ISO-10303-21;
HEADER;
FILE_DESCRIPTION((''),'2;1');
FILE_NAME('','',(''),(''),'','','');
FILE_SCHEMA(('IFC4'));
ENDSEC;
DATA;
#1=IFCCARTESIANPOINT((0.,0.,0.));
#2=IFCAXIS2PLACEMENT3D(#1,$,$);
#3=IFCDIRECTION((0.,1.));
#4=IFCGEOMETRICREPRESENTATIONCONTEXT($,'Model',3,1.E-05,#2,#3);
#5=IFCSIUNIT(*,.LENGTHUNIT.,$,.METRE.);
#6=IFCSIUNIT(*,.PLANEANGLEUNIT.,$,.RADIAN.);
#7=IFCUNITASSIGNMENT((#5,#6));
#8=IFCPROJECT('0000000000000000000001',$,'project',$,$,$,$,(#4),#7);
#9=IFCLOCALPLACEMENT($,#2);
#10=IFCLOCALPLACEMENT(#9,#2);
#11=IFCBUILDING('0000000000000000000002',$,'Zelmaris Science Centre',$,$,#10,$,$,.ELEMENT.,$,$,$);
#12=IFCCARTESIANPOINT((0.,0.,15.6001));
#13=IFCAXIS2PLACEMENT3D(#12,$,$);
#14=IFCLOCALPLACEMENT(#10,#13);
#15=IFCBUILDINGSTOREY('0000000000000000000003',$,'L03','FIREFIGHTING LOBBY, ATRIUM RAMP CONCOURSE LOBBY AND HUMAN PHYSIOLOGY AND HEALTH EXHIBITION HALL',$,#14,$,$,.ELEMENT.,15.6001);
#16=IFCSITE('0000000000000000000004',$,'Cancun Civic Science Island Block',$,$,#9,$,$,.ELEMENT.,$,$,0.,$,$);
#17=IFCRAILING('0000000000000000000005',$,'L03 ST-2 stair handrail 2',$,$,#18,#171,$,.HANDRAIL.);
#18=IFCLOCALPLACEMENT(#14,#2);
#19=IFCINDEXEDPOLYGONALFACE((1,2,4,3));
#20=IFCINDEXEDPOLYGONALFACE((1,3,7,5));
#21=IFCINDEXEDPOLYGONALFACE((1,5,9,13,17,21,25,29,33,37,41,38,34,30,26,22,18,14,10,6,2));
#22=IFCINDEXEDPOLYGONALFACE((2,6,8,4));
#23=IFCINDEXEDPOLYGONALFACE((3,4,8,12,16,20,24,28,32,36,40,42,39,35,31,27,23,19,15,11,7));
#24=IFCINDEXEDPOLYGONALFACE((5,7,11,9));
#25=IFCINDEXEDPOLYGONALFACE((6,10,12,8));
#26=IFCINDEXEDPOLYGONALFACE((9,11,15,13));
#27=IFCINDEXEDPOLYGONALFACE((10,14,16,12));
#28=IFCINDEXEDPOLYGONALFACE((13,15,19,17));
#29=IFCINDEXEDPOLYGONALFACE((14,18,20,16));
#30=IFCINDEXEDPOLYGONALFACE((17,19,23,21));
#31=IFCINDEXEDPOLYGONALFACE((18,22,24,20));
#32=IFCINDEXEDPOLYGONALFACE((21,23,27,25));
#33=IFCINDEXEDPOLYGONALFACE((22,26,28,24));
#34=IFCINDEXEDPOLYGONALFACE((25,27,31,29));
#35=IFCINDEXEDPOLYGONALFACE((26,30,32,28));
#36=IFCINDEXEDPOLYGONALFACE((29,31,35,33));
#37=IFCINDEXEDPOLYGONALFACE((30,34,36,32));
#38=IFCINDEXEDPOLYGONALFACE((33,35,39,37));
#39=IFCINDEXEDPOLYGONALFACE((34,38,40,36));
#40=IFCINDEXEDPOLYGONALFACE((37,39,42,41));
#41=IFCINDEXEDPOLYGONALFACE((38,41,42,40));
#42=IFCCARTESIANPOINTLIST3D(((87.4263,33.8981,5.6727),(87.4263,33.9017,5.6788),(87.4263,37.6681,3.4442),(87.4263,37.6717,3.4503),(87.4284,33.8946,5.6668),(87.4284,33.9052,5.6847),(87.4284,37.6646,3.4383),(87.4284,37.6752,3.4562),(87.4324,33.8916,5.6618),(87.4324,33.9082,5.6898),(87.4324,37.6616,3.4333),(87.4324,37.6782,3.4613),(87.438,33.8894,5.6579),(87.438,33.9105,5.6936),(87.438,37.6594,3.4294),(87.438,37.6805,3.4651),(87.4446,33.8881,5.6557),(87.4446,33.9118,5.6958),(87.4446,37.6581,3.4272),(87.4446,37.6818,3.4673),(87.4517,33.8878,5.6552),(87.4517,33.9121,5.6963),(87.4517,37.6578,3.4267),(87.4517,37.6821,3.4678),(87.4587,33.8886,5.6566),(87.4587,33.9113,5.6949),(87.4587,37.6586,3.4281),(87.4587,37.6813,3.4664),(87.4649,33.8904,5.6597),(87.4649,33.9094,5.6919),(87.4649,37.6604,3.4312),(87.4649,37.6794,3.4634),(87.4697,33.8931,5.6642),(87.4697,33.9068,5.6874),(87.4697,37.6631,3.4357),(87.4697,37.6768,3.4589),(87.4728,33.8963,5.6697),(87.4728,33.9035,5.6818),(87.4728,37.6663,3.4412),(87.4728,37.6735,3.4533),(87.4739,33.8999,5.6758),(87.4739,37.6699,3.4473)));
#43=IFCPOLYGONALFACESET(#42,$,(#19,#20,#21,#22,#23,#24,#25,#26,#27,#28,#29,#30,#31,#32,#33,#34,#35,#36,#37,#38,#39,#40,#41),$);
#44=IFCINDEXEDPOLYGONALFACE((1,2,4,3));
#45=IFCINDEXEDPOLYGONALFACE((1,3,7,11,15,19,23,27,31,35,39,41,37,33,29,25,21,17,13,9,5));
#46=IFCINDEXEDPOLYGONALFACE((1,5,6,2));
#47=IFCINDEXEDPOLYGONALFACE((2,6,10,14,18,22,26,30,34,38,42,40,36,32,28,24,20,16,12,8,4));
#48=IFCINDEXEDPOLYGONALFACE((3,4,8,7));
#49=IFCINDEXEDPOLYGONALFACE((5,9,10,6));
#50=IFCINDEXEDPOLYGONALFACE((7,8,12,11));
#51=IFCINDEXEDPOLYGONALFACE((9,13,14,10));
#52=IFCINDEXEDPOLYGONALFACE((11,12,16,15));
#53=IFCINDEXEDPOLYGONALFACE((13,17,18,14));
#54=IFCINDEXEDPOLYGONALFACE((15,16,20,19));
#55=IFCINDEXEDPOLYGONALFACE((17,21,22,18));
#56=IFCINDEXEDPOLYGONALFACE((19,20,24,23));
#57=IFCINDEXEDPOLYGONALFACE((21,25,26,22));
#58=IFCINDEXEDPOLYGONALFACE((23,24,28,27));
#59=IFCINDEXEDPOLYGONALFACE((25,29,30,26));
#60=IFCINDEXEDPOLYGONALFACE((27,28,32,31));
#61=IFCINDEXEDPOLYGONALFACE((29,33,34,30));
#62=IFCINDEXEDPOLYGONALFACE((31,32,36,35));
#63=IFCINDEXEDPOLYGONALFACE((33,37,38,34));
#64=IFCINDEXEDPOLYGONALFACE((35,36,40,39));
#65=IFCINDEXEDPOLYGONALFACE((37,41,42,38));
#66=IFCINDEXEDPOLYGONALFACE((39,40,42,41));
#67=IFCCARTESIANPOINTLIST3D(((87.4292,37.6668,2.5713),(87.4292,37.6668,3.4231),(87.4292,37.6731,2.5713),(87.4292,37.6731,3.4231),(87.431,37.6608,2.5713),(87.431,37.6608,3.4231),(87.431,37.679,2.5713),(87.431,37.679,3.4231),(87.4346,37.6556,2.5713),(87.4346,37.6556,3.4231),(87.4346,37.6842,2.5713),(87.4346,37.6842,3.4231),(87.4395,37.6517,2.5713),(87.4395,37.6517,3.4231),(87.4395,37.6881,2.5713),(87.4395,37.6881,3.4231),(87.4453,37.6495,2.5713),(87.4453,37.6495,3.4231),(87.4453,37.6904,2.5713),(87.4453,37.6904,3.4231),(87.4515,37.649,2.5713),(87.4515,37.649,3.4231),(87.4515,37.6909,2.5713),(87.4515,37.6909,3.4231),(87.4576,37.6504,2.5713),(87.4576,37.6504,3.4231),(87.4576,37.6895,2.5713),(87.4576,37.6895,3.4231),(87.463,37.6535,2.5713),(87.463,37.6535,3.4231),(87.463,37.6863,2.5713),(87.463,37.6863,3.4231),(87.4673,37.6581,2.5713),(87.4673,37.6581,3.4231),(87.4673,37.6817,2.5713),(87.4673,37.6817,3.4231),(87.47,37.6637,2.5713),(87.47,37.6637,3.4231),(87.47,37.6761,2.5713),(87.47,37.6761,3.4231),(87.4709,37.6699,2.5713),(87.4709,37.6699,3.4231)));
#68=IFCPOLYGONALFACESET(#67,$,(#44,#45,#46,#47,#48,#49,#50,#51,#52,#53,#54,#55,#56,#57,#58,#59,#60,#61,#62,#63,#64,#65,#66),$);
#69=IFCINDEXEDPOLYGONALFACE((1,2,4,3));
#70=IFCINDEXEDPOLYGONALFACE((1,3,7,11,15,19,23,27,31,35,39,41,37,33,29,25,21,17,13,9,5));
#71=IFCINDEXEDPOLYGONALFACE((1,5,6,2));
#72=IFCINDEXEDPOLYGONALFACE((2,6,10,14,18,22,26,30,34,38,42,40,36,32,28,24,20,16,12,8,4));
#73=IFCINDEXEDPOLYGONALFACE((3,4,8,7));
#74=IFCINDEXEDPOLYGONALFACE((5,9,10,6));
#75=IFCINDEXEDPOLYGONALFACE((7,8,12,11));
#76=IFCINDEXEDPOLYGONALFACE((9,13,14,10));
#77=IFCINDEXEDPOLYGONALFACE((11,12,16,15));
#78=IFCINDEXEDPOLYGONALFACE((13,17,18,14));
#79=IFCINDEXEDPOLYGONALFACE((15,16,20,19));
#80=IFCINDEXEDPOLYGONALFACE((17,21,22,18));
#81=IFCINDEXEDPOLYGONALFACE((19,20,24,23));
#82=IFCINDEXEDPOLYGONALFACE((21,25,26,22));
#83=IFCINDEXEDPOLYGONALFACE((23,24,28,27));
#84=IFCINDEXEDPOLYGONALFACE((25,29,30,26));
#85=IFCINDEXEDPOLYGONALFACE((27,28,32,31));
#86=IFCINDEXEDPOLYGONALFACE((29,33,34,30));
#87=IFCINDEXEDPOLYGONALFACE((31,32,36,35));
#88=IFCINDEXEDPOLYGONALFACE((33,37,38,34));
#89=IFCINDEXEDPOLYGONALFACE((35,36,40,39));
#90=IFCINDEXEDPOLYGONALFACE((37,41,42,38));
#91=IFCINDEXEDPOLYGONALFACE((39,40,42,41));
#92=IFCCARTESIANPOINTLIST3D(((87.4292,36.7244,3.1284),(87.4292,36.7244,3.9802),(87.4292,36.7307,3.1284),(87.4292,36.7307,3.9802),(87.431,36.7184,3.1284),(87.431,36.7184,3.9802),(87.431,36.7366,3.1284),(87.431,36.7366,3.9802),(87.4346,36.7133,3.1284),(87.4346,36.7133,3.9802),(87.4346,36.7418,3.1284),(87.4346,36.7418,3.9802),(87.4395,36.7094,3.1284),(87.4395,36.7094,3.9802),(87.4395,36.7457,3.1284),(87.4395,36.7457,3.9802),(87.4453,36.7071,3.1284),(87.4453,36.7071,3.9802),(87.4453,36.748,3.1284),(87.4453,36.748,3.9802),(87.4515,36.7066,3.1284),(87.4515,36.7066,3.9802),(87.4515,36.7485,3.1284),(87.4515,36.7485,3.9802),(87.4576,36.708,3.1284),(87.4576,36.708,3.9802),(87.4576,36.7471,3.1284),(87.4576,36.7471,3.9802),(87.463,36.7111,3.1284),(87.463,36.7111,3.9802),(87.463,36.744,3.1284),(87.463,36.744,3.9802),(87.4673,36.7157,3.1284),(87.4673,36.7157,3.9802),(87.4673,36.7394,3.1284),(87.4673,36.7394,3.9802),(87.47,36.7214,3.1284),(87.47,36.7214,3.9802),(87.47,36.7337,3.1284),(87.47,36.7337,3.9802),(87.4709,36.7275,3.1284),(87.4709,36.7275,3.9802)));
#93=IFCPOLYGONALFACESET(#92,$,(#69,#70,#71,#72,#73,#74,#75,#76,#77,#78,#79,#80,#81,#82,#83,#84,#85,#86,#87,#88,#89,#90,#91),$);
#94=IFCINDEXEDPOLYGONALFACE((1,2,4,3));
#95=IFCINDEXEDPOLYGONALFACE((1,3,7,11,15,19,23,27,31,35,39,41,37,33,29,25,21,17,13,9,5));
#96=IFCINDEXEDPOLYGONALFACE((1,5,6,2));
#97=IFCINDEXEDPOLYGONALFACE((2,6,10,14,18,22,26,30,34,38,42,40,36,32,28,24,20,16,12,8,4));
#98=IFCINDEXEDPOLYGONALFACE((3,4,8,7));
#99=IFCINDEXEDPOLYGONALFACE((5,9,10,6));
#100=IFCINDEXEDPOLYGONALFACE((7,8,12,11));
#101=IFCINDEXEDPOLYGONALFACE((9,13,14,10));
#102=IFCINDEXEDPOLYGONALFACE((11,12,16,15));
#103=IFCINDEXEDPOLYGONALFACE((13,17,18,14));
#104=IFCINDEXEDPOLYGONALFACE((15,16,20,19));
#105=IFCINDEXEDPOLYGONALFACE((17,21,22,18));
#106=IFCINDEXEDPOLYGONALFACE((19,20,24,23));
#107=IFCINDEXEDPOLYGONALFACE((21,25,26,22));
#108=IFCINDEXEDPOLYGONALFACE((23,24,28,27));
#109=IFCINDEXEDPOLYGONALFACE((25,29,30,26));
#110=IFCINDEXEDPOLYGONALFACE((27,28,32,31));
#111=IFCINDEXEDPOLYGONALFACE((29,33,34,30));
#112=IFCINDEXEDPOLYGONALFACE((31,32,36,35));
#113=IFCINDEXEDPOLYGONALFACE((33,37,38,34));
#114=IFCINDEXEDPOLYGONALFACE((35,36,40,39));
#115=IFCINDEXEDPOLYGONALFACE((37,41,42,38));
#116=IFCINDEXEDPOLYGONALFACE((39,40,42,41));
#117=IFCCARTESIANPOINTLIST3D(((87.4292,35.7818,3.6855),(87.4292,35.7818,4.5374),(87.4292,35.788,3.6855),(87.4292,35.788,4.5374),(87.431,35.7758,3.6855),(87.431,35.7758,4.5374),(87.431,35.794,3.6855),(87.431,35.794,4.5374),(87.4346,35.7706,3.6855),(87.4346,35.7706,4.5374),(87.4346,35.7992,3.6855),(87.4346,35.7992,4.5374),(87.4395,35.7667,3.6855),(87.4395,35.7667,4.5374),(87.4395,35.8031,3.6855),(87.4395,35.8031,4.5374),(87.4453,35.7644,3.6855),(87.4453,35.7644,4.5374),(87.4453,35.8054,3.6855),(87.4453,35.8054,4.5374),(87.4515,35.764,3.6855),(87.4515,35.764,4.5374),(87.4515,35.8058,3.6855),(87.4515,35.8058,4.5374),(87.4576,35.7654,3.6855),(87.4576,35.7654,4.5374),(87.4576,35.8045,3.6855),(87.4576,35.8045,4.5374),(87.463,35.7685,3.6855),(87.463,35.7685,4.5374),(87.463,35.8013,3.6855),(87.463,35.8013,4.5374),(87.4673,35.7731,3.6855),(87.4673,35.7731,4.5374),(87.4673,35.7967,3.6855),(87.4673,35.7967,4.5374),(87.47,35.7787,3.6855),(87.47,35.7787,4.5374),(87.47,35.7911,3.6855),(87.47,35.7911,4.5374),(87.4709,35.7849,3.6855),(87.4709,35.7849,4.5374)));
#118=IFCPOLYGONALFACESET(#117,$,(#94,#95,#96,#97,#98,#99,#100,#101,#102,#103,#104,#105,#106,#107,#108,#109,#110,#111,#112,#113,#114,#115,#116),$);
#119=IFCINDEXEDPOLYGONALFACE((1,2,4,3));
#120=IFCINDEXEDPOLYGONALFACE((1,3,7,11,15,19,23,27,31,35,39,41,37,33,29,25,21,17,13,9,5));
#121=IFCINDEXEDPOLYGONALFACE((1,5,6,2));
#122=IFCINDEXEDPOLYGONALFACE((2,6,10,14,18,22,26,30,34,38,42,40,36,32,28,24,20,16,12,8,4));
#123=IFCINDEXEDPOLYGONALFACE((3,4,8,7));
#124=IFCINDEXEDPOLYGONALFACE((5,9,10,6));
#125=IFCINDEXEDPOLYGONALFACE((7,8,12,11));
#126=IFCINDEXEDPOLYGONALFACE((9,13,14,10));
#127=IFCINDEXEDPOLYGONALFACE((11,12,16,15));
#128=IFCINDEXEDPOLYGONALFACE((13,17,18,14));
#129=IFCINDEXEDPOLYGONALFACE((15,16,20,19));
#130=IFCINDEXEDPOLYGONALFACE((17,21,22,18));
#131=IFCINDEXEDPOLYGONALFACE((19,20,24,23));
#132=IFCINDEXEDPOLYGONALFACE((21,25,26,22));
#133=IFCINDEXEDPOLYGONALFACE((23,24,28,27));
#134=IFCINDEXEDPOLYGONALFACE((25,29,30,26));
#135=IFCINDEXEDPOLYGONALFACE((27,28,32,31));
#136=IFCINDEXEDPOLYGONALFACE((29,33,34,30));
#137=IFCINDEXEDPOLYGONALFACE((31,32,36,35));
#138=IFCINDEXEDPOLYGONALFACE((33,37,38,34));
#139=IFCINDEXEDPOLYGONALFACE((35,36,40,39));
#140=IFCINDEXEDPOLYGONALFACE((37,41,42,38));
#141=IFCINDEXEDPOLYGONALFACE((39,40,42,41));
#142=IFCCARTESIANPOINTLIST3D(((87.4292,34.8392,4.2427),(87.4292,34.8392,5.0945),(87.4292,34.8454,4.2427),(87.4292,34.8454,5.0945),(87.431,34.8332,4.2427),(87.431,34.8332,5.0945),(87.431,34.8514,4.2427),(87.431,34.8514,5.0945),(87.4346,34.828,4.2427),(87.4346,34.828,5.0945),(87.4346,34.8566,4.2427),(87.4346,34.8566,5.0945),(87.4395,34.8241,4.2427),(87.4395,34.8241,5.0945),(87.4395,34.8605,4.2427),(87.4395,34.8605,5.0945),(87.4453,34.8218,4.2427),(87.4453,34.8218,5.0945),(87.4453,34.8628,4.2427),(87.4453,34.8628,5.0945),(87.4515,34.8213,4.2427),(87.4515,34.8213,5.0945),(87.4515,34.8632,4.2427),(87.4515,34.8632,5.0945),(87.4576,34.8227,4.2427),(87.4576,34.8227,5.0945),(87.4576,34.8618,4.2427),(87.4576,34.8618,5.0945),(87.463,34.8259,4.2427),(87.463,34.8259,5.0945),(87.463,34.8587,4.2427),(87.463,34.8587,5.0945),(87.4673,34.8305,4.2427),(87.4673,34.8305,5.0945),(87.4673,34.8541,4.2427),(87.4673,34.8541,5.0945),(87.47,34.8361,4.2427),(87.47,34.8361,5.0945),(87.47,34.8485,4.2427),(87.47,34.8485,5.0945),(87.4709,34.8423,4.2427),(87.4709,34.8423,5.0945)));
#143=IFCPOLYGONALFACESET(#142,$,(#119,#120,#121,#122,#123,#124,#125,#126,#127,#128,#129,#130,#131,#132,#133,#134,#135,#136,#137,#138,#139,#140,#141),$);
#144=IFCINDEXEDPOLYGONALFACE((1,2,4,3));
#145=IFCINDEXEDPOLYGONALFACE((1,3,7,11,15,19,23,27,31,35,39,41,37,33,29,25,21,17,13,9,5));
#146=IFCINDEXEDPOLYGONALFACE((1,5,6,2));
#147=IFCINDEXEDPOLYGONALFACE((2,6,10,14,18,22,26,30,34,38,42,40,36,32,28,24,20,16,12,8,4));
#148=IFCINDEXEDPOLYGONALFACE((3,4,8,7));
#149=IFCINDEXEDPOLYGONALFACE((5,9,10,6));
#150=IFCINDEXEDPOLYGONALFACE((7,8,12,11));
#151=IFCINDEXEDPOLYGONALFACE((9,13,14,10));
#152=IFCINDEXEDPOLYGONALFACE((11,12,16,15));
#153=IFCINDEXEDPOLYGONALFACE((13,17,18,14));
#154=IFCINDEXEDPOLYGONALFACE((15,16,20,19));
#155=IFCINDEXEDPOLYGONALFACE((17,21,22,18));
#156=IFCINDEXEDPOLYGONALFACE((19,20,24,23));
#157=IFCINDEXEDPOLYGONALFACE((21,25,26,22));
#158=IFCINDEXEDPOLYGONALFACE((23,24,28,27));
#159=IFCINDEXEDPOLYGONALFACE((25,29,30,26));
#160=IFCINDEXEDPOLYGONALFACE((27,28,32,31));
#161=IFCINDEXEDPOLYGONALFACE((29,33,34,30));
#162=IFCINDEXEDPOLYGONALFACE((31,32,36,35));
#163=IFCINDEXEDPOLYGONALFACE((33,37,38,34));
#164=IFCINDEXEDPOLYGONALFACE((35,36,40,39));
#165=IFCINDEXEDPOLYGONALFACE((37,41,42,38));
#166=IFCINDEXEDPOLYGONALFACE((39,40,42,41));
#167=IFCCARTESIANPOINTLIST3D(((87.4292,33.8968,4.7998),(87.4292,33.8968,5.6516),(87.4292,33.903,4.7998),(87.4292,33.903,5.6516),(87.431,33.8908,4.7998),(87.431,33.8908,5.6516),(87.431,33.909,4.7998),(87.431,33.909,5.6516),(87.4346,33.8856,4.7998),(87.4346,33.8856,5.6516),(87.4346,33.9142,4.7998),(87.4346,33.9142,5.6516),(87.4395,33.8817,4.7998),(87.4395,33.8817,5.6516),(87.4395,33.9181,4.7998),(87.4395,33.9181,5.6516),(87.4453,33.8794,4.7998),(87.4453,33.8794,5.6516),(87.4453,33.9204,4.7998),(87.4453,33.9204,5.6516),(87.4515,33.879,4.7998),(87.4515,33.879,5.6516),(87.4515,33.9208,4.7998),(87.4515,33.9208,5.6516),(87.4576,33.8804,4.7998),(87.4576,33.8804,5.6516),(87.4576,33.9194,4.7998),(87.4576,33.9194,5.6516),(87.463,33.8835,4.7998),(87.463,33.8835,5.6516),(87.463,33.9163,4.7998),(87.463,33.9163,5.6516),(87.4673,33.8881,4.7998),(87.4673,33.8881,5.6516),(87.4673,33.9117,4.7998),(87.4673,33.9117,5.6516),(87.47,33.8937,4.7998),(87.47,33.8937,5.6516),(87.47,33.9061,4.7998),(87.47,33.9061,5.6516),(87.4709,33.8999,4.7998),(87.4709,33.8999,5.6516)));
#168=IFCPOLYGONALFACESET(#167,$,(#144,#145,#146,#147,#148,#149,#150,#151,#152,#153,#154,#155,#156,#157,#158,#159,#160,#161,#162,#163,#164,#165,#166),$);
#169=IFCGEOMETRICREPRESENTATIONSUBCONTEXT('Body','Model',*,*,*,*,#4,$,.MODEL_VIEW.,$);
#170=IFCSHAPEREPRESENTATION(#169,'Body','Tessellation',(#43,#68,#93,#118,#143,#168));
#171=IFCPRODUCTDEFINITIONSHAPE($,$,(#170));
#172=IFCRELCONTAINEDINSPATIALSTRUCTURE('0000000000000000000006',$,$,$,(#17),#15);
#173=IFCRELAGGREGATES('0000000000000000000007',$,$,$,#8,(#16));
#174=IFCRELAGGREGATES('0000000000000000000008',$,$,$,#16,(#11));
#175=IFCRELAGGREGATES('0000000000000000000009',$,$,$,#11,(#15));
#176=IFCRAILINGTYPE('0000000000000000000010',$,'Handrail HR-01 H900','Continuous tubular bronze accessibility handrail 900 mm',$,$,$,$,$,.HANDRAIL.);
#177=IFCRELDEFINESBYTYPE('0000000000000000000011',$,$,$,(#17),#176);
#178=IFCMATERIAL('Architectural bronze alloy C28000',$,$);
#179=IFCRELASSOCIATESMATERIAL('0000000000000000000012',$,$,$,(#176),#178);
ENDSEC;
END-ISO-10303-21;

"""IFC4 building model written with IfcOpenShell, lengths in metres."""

from ifc_helpers import new_model, si_unit, direction, frame, origin, origin_2d, place, context, subcontext, project, spatial, circle, extrude, material, type_object, element, save


model = new_model("IFC4")

# Units and contexts
model_context = context("Model", 3, precision=1e-05, world=origin(), true_north=direction((0.0, 1.0)))
body_context = subcontext(model_context, "Body", "Model", "MODEL_VIEW")
ifc_project = project(units=[si_unit("LENGTHUNIT", "METRE"), si_unit("PLANEANGLEUNIT", "RADIAN")], contexts=[model_context])

# Site, building, storey
site_placement = place(None, origin())
site = spatial("IfcSite", under=ifc_project, at=site_placement, Name="Cancun Civic Science Island Block", CompositionType="ELEMENT", RefElevation=0.0)
building_placement = place(site_placement, origin())
building = spatial("IfcBuilding", under=site, at=building_placement, Name="Zelmaris Science Centre", CompositionType="ELEMENT")
storey_placement = place(building_placement, frame((0.0, 0.0, 15.6001)))
storey = spatial("IfcBuildingStorey", under=building, at=storey_placement, Name="L03", Description="FIREFIGHTING LOBBY, ATRIUM RAMP CONCOURSE LOBBY AND HUMAN PHYSIOLOGY AND HEALTH EXHIBITION HALL", CompositionType="ELEMENT", Elevation=15.6001)

# Railing
ifc_material_1 = material(Name="Architectural bronze alloy C28000")
railing_type_1 = type_object("IfcRailingType", Name="Handrail HR-01 H900", Description="Continuous tubular bronze accessibility handrail 900 mm", PredefinedType="HANDRAIL", material=ifc_material_1)
railing_1_placement = place(storey_placement, frame((87.45, 37.6699, 2.5713)))
element("IfcRailing", 1, at=railing_1_placement, inside=storey, type_object=railing_type_1, Name="L03 ST-2 stair handrail 2", PredefinedType="HANDRAIL", context=body_context, shape_type="SweptSolid", body=[
    extrude(circle(Radius=0.0239, at=origin_2d()), frame((0.0, 0.0, 0.876), z_axis=(0.0, -0.860849, 0.508861), x_axis=(1.0, 0.0, 0.0)), (0.0, 0.0, 1.0), 4.3794),
    extrude(circle(Radius=0.021, at=origin_2d()), origin(), (0.0, 0.0, 1.0), 0.8518),
    extrude(circle(Radius=0.021, at=origin_2d()), frame((0.0, -0.9424, 0.5571)), (0.0, 0.0, 1.0), 0.8518),
    extrude(circle(Radius=0.021, at=origin_2d()), frame((0.0, -1.885, 1.1143)), (0.0, 0.0, 1.0), 0.8518),
    extrude(circle(Radius=0.021, at=origin_2d()), frame((0.0, -2.8276, 1.6714)), (0.0, 0.0, 1.0), 0.8518),
    extrude(circle(Radius=0.021, at=origin_2d()), frame((0.0, -3.77, 2.2285)), (0.0, 0.0, 1.0), 0.8518),
])

save(model, "model.ifc")
